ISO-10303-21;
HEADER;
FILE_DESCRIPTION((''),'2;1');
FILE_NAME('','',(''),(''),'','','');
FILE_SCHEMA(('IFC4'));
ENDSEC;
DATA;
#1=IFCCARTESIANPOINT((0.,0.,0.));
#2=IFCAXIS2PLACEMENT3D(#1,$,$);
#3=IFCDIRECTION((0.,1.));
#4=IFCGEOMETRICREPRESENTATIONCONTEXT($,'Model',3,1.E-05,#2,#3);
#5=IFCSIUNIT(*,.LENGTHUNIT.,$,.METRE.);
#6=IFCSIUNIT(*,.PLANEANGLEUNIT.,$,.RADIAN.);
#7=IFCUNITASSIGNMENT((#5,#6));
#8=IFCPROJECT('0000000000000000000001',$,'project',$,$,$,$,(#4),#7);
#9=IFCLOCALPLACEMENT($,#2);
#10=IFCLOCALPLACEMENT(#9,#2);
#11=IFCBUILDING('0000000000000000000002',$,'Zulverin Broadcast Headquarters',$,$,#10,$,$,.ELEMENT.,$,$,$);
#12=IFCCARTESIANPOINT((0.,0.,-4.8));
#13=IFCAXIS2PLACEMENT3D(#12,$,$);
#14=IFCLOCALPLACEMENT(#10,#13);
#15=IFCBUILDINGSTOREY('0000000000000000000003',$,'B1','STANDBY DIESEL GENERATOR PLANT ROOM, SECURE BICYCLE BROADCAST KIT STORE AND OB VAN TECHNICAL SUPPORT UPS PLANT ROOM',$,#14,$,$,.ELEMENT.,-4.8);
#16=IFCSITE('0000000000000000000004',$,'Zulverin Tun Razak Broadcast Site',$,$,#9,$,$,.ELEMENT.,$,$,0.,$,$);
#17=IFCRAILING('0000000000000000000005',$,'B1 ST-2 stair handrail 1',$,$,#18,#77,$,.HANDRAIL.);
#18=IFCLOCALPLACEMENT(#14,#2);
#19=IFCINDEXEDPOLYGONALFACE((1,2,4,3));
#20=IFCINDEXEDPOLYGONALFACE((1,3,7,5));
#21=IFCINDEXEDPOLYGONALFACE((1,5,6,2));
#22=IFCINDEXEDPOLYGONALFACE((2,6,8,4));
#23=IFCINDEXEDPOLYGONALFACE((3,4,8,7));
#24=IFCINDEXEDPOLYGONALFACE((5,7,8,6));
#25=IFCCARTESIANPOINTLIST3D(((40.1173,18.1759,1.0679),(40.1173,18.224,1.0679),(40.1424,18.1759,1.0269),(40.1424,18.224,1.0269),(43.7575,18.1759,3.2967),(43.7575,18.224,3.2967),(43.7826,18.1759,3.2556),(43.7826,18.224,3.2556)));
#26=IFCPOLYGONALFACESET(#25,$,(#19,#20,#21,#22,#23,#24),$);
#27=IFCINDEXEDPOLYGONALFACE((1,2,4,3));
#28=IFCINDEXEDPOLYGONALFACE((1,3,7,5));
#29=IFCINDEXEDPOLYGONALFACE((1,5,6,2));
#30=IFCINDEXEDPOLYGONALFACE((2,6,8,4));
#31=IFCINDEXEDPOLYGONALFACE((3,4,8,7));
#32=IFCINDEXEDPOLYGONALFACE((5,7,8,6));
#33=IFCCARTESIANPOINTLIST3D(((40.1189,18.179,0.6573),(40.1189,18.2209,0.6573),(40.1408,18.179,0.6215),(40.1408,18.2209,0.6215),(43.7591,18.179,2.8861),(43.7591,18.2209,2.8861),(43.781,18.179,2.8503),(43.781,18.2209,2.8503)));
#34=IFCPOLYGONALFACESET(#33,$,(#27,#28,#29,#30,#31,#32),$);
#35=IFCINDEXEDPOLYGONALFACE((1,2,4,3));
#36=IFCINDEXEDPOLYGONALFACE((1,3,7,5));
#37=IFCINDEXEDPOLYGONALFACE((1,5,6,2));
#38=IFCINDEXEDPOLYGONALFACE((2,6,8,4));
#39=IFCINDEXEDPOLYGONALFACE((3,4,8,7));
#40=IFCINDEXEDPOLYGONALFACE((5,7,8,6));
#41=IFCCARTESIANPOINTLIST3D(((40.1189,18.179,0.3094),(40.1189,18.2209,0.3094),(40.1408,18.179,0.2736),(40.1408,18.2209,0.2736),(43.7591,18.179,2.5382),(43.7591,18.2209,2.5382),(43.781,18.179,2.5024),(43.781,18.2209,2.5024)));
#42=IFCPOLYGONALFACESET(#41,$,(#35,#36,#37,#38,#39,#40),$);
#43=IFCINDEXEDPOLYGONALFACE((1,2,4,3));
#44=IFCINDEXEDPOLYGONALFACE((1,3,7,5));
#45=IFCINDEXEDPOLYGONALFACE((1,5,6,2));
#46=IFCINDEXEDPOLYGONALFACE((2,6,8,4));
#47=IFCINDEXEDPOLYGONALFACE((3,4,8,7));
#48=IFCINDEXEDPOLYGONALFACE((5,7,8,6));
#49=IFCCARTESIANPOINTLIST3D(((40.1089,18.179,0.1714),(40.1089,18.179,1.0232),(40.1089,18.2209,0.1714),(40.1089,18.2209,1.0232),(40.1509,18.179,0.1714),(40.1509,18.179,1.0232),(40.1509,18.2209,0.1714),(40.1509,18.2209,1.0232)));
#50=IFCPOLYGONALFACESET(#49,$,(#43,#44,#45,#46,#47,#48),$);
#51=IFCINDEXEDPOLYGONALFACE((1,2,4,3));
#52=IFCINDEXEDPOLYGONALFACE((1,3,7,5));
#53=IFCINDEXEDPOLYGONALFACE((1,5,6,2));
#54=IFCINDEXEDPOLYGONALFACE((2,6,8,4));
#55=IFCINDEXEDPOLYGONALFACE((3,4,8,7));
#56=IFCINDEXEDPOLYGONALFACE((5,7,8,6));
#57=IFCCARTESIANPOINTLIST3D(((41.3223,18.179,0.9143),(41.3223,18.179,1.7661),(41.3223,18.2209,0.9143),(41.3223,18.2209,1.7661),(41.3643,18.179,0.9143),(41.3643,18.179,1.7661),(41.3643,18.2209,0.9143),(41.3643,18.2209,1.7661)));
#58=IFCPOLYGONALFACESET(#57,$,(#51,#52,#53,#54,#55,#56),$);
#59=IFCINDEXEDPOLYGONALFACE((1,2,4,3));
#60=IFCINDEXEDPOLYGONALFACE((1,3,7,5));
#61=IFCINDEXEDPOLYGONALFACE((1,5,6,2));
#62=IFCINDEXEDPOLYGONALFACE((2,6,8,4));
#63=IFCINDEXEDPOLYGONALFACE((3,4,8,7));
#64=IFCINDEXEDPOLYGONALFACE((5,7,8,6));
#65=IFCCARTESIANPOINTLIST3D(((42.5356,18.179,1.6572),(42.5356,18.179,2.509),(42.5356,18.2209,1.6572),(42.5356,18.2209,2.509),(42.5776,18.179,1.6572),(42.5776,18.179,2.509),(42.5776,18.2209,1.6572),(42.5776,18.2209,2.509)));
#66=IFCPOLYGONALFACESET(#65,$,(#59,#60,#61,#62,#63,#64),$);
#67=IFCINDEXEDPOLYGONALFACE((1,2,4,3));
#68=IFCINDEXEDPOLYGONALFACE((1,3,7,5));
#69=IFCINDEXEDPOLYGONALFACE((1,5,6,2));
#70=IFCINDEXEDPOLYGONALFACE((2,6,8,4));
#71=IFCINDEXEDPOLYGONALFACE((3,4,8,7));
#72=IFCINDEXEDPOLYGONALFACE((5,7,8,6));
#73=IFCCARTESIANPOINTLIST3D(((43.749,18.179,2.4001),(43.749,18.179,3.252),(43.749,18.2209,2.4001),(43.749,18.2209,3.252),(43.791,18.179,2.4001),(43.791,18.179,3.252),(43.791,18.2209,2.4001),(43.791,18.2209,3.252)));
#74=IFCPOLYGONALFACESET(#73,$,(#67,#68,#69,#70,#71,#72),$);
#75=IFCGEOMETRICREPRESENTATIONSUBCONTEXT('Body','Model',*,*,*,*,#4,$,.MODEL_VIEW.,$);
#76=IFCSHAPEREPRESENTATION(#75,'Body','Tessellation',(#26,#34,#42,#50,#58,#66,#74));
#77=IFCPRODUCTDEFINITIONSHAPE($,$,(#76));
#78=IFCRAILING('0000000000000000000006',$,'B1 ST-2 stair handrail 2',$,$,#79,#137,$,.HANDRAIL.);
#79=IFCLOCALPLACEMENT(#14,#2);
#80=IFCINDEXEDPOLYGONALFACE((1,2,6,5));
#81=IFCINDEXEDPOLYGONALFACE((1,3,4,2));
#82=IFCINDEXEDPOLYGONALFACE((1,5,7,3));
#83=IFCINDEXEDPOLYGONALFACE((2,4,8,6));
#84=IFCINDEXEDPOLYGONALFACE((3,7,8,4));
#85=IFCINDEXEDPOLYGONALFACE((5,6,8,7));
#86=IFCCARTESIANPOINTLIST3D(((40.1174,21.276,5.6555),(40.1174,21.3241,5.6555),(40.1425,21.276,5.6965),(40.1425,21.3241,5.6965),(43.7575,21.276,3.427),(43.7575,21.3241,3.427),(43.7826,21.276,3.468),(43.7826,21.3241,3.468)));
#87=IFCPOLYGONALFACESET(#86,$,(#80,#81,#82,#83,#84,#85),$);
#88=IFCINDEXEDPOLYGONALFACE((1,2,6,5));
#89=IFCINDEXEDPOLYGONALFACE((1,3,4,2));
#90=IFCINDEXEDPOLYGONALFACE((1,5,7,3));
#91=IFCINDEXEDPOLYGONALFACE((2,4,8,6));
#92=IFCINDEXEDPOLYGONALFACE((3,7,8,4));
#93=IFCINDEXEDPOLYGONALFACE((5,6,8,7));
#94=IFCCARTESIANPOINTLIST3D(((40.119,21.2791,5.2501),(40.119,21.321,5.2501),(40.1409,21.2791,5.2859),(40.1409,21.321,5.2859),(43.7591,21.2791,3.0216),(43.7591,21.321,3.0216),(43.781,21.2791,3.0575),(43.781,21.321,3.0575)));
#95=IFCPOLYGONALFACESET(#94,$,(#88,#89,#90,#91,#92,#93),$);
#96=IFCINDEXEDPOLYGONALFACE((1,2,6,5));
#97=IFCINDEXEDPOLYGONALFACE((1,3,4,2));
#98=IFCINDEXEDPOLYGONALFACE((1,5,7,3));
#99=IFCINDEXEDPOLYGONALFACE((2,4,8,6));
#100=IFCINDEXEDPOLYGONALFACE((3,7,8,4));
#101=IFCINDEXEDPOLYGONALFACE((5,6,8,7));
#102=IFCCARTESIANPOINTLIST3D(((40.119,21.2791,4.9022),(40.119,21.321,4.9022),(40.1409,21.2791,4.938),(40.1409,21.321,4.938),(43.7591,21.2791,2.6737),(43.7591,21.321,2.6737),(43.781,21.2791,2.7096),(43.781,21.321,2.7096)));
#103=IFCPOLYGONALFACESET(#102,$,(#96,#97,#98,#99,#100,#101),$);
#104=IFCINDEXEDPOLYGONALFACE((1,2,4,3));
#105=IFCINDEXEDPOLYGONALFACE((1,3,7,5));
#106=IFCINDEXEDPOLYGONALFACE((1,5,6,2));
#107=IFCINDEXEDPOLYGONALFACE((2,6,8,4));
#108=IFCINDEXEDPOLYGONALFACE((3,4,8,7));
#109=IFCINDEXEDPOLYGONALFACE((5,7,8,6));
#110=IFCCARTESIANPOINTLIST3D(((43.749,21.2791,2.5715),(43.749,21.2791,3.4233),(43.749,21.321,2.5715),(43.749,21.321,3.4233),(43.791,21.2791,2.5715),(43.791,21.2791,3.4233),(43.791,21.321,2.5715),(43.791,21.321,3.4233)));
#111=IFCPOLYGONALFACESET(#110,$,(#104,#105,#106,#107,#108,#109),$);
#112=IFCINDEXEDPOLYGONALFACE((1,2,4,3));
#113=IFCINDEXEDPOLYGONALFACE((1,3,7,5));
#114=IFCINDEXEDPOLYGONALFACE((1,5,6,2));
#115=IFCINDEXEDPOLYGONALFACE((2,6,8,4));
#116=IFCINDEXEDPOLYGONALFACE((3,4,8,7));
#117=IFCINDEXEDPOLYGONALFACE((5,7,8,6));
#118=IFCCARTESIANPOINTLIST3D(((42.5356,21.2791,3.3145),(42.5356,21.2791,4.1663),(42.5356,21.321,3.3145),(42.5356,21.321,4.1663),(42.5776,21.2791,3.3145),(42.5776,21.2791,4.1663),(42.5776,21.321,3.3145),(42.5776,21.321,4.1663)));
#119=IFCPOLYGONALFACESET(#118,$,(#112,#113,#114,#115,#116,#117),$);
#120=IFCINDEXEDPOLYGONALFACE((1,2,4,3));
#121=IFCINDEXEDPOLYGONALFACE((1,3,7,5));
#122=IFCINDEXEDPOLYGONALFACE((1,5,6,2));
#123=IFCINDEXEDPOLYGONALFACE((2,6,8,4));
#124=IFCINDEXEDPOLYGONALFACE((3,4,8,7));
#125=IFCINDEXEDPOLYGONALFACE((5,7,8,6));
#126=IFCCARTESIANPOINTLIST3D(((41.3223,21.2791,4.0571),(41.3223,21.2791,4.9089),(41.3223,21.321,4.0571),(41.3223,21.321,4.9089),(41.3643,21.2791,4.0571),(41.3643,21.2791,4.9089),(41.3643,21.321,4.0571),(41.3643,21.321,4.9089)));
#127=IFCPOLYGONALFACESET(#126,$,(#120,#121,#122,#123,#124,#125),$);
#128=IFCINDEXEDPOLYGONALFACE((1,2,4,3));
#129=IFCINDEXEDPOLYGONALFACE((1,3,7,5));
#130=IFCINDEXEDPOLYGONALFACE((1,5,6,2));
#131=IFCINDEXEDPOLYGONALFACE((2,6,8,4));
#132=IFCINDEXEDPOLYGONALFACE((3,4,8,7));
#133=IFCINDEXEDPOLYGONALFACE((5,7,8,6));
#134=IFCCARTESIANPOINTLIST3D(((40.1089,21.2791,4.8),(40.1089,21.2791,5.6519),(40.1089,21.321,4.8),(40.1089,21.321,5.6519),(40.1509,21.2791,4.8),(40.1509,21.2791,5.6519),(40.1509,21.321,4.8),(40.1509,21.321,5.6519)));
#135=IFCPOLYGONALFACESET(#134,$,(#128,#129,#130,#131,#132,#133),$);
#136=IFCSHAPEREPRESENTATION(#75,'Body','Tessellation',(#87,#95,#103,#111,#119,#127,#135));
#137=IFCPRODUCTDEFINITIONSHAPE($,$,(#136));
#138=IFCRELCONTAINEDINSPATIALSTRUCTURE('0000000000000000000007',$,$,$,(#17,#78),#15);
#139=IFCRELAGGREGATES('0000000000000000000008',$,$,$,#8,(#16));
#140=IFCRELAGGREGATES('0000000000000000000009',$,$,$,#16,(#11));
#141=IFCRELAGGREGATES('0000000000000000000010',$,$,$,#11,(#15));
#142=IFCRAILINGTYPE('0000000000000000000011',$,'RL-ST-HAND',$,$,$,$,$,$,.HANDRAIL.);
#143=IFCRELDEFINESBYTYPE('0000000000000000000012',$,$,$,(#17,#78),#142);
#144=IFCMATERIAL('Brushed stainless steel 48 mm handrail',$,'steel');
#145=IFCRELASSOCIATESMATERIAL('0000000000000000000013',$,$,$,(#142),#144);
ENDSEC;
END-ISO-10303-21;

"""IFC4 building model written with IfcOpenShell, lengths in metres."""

from ifc_helpers import new_model, si_unit, direction, frame, origin, origin_2d, place, context, subcontext, project, spatial, rectangle, extrude, material, type_object, element, save


model = new_model("IFC4")

# Units and contexts
model_context = context("Model", 3, precision=1e-05, world=origin(), true_north=direction((0.0, 1.0)))
body_context = subcontext(model_context, "Body", "Model", "MODEL_VIEW")
ifc_project = project(units=[si_unit("LENGTHUNIT", "METRE"), si_unit("PLANEANGLEUNIT", "RADIAN")], contexts=[model_context])

# Site, building, storey
site_placement = place(None, origin())
site = spatial("IfcSite", under=ifc_project, at=site_placement, Name="Zulverin Tun Razak Broadcast Site", CompositionType="ELEMENT", RefElevation=0.0)
building_placement = place(site_placement, origin())
building = spatial("IfcBuilding", under=site, at=building_placement, Name="Zulverin Broadcast Headquarters", CompositionType="ELEMENT")
storey_placement = place(building_placement, frame((0.0, 0.0, -4.8)))
storey = spatial("IfcBuildingStorey", under=building, at=storey_placement, Name="B1", Description="STANDBY DIESEL GENERATOR PLANT ROOM, SECURE BICYCLE BROADCAST KIT STORE AND OB VAN TECHNICAL SUPPORT UPS PLANT ROOM", CompositionType="ELEMENT", Elevation=-4.8)

# Railings
ifc_material_1 = material(Name="Brushed stainless steel 48 mm handrail", Category="steel")
railing_type_1 = type_object("IfcRailingType", Name="RL-ST-HAND", PredefinedType="HANDRAIL", material=ifc_material_1)
railing_1_placement = place(storey_placement, frame((40.1299, 18.2, 0.1714)))
element("IfcRailing", 1, at=railing_1_placement, inside=storey, type_object=railing_type_1, Name="B1 ST-2 stair handrail 1", PredefinedType="HANDRAIL", context=body_context, shape_type="SweptSolid", body=[
    extrude(rectangle(XDim=0.0481, YDim=0.0481, at=origin_2d()), frame((0.0, 0.0, 0.876), z_axis=(0.85284, 0.0, 0.522172), x_axis=(0.0, 1.0, 0.0)), (0.0, 0.0, 1.0), 4.2683),
    extrude(rectangle(XDim=0.042, YDim=0.042, at=origin_2d()), frame((0.0, 0.0, 0.468), z_axis=(0.85284, 0.0, 0.522172), x_axis=(0.0, 1.0, 0.0)), (0.0, 0.0, 1.0), 4.2683),
    extrude(rectangle(XDim=0.042, YDim=0.042, at=origin_2d()), frame((0.0, 0.0, 0.1201), z_axis=(0.85284, 0.0, 0.522172), x_axis=(0.0, 1.0, 0.0)), (0.0, 0.0, 1.0), 4.2683),
    extrude(rectangle(XDim=0.042, YDim=0.042, at=origin_2d()), origin(), (0.0, 0.0, 1.0), 0.8518),
    extrude(rectangle(XDim=0.042, YDim=0.042, at=origin_2d()), frame((1.2134, 0.0, 0.7429)), (0.0, 0.0, 1.0), 0.8518),
    extrude(rectangle(XDim=0.042, YDim=0.042, at=origin_2d()), frame((2.4268, 0.0, 1.4858)), (0.0, 0.0, 1.0), 0.8518),
    extrude(rectangle(XDim=0.042, YDim=0.042, at=origin_2d()), frame((3.6401, 0.0, 2.2288)), (0.0, 0.0, 1.0), 0.8518),
])
railing_2_placement = place(storey_placement, frame((43.77, 21.3, 2.5715)))
element("IfcRailing", 2, at=railing_2_placement, inside=storey, type_object=railing_type_1, Name="B1 ST-2 stair handrail 2", PredefinedType="HANDRAIL", context=body_context, shape_type="SweptSolid", body=[
    extrude(rectangle(XDim=0.0481, YDim=0.0481, at=origin_2d()), frame((0.0, 0.0, 0.876), z_axis=(-0.852866, 0.0, 0.52213), x_axis=(0.0, -1.0, 0.0)), (0.0, 0.0, 1.0), 4.2681),
    extrude(rectangle(XDim=0.042, YDim=0.042, at=origin_2d()), frame((0.0, 0.0, 0.468), z_axis=(-0.852866, 0.0, 0.52213), x_axis=(0.0, -1.0, 0.0)), (0.0, 0.0, 1.0), 4.2681),
    extrude(rectangle(XDim=0.042, YDim=0.042, at=origin_2d()), frame((0.0, 0.0, 0.1201), z_axis=(-0.852866, 0.0, 0.52213), x_axis=(0.0, -1.0, 0.0)), (0.0, 0.0, 1.0), 4.2681),
    extrude(rectangle(XDim=0.042, YDim=0.042, at=origin_2d()), origin(), (0.0, 0.0, 1.0), 0.8518),
    extrude(rectangle(XDim=0.042, YDim=0.042, at=origin_2d()), frame((-1.2134, 0.0, 0.7429)), (0.0, 0.0, 1.0), 0.8518),
    extrude(rectangle(XDim=0.042, YDim=0.042, at=origin_2d()), frame((-2.4268, 0.0, 1.4856)), (0.0, 0.0, 1.0), 0.8518),
    extrude(rectangle(XDim=0.042, YDim=0.042, at=origin_2d()), frame((-3.6401, 0.0, 2.2285)), (0.0, 0.0, 1.0), 0.8518),
])

save(model, "model.ifc")
